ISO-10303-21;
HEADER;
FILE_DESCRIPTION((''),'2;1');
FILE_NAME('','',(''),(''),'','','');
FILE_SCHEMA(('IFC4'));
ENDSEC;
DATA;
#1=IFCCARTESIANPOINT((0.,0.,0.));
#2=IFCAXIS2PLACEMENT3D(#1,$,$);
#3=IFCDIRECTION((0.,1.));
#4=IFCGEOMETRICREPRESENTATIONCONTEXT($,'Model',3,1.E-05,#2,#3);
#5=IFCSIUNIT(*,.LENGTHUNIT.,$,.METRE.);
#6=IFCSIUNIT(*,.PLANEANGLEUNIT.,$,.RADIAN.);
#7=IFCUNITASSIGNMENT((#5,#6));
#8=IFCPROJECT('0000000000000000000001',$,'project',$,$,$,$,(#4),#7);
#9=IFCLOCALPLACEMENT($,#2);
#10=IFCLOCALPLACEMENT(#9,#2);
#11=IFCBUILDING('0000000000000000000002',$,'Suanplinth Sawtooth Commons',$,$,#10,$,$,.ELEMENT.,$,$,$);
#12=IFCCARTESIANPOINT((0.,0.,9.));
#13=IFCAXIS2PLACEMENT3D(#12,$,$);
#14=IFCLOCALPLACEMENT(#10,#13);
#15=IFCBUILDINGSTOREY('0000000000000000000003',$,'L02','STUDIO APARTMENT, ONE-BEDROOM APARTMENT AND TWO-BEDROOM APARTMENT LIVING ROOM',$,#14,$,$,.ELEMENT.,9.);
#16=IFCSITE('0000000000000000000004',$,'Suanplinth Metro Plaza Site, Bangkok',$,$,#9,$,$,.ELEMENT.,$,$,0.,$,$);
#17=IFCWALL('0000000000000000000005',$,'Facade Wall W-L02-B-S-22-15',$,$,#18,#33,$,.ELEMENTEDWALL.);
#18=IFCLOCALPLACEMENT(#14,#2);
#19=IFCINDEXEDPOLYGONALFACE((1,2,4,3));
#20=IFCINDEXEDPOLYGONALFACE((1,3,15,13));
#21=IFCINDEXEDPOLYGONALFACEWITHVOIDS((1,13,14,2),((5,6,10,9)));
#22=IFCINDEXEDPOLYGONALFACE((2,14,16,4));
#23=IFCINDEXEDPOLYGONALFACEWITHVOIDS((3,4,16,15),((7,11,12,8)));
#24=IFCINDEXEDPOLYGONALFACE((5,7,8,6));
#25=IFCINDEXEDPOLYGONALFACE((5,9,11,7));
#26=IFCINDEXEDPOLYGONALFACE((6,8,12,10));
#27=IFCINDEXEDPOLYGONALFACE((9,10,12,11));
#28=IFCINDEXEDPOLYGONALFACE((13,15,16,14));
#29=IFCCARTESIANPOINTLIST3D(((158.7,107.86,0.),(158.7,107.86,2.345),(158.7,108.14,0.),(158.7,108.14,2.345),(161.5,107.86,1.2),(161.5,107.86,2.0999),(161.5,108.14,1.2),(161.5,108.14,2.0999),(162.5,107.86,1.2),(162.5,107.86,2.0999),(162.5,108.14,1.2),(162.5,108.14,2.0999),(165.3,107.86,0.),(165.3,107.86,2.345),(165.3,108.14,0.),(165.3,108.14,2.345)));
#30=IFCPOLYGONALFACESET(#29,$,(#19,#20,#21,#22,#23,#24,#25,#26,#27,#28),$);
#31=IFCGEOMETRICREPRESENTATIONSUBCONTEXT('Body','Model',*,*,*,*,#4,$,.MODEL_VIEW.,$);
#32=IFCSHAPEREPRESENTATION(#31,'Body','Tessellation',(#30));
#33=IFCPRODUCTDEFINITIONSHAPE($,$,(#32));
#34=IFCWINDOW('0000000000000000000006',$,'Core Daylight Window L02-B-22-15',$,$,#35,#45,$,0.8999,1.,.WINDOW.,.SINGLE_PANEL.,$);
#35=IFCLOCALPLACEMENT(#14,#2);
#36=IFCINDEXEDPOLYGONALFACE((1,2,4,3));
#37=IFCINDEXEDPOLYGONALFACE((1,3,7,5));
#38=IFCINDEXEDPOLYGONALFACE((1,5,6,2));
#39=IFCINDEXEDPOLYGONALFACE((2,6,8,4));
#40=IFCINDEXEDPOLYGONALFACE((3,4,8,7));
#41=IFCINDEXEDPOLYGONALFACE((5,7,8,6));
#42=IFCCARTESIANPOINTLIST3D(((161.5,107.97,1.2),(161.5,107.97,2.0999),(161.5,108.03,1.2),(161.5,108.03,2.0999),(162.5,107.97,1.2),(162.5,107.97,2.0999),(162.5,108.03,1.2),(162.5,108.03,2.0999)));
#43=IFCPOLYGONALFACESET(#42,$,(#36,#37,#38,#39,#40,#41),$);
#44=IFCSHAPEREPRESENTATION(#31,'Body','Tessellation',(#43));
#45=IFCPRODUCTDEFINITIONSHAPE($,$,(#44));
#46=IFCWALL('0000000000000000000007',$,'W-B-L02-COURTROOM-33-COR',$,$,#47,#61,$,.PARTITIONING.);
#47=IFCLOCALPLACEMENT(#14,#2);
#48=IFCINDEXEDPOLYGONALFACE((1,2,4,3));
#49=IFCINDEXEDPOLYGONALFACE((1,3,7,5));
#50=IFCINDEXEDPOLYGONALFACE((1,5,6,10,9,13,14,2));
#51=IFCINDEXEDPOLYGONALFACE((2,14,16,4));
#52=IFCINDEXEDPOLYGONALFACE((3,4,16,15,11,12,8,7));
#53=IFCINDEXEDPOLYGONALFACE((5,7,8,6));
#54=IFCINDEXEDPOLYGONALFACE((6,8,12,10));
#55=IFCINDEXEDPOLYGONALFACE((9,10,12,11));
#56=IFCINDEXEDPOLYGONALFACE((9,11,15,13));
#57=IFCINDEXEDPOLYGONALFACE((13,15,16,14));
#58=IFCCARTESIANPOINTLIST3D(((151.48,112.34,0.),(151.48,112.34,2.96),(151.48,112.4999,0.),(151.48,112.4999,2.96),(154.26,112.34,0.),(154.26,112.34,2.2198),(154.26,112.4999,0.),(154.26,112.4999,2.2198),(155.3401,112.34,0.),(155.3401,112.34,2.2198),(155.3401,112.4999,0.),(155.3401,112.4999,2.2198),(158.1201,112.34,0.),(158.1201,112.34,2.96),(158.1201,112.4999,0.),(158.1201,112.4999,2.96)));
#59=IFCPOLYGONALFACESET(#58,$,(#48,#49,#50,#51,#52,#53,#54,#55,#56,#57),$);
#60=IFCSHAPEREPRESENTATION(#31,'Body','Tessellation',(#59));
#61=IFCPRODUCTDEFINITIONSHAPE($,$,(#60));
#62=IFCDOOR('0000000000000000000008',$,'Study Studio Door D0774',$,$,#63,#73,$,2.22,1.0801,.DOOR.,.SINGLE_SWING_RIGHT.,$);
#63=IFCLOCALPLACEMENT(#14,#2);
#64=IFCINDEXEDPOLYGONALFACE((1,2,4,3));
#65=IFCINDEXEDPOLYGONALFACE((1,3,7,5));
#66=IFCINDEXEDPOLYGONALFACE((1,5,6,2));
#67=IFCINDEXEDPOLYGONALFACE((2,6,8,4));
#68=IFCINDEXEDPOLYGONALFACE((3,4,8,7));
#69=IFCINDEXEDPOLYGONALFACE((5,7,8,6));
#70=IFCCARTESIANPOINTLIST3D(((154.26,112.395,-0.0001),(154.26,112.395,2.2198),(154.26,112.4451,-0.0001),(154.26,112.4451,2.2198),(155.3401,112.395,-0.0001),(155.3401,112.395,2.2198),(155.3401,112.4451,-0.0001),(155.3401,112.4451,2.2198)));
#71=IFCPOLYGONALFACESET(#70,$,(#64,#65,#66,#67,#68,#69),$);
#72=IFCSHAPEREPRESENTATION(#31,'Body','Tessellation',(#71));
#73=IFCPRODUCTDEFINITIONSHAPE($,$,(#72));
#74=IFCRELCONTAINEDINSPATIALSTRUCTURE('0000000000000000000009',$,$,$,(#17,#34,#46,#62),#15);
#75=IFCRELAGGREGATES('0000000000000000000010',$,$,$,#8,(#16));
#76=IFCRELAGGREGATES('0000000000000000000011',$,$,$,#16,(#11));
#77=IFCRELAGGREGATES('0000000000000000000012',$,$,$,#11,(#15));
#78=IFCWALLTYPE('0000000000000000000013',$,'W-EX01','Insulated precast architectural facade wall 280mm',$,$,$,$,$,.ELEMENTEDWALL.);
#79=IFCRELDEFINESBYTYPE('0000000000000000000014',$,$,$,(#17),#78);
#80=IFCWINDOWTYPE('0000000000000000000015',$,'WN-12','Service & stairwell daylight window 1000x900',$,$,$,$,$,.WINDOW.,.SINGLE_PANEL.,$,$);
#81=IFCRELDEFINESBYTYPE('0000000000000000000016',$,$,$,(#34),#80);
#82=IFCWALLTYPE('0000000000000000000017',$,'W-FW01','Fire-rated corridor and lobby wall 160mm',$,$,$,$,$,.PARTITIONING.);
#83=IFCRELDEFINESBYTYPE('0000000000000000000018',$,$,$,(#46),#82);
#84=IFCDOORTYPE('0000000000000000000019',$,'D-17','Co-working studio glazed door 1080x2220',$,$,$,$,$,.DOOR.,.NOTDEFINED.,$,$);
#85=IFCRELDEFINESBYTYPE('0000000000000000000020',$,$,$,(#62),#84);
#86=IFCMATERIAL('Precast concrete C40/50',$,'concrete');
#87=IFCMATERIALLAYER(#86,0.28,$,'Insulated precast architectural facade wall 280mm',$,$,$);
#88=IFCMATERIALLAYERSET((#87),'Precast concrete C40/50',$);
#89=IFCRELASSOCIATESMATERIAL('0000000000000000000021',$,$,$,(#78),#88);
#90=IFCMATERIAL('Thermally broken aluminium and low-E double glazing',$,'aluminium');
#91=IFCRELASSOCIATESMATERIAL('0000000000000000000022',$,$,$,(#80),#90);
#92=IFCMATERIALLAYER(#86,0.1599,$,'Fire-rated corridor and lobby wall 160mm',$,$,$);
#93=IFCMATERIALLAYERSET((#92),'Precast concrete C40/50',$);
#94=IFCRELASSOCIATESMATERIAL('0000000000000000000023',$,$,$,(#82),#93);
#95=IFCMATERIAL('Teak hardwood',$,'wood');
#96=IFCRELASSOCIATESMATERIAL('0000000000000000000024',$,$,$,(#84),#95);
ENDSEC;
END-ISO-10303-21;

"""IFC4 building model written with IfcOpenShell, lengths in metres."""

from ifc_helpers import new_model, si_unit, direction, frame, frame_2d, origin, place, context, subcontext, project, spatial, rectangle, extrude, material, layer, layer_set, type_object, element, fill, save


model = new_model("IFC4")

# Units and contexts
model_context = context("Model", 3, precision=1e-05, world=origin(), true_north=direction((0.0, 1.0)))
body_context = subcontext(model_context, "Body", "Model", "MODEL_VIEW")
ifc_project = project(units=[si_unit("LENGTHUNIT", "METRE"), si_unit("PLANEANGLEUNIT", "RADIAN")], contexts=[model_context])

# Site, building, storey
site_placement = place(None, origin())
site = spatial("IfcSite", under=ifc_project, at=site_placement, Name="Suanplinth Metro Plaza Site, Bangkok", CompositionType="ELEMENT", RefElevation=0.0)
building_placement = place(site_placement, origin())
building = spatial("IfcBuilding", under=site, at=building_placement, Name="Suanplinth Sawtooth Commons", CompositionType="ELEMENT")
storey_placement = place(building_placement, frame((0.0, 0.0, 9.0)))
storey = spatial("IfcBuildingStorey", under=building, at=storey_placement, Name="L02", Description="STUDIO APARTMENT, ONE-BEDROOM APARTMENT AND TWO-BEDROOM APARTMENT LIVING ROOM", CompositionType="ELEMENT", Elevation=9.0)

# Shared definitions
ifc_material_1 = material(Name="Precast concrete C40/50", Category="concrete")

# Shared definitions
ifc_layer_1 = layer(ifc_material_1, 0.28, Name="Insulated precast architectural facade wall 280mm")
ifc_layer_set_1 = layer_set([ifc_layer_1], Name="Precast concrete C40/50")
wall_type_1 = type_object("IfcWallType", Name="W-EX01", Description="Insulated precast architectural facade wall 280mm", PredefinedType="ELEMENTEDWALL", material=ifc_layer_set_1)
ifc_material_2 = material(Name="Thermally broken aluminium and low-E double glazing", Category="aluminium")

# Wall, opening, window
wall_1_placement = place(storey_placement, frame((158.7, 108.0, 0.0), z_axis=(0.0, 0.0, 1.0), x_axis=(1.0, 0.0, 0.0)))
wall_1 = element("IfcWall", 1, at=wall_1_placement, inside=storey, type_object=wall_type_1, Name="Facade Wall W-L02-B-S-22-15", PredefinedType="ELEMENTEDWALL", context=body_context, shape_type="SweptSolid", body=[
    extrude(rectangle(XDim=6.6001, YDim=0.28, at=frame_2d((3.3, 0.0))), origin(), (0.0, 0.0, 1.0), 2.345),
])
opening_1_placement = place(wall_1_placement, frame((2.8, 0.0, 1.2)))
opening_1 = element("IfcOpeningElement", 2, at=opening_1_placement, cuts=wall_1, PredefinedType="OPENING", context=body_context, shape_type="SweptSolid", body=[
    extrude(rectangle(XDim=1.0, YDim=0.8999, at=frame_2d((0.5, 0.45))), frame((0.0, 0.1548, 0.0), z_axis=(0.0, -1.0, 0.0), x_axis=(1.0, 0.0, 0.0)), (0.0, 0.0, 1.0), 0.3098),
])
window_type_1 = type_object("IfcWindowType", Name="WN-12", Description="Service & stairwell daylight window 1000x900", PartitioningType="SINGLE_PANEL", PredefinedType="WINDOW", material=ifc_material_2)
window_1_placement = place(opening_1_placement, origin())
window_1 = element("IfcWindow", 3, at=window_1_placement, inside=storey, type_object=window_type_1, Name="Core Daylight Window L02-B-22-15", OverallHeight=0.8999, OverallWidth=1.0, PartitioningType="SINGLE_PANEL", PredefinedType="WINDOW", context=body_context, shape_type="SweptSolid", body=[
    extrude(rectangle(XDim=1.0, YDim=0.8999, at=frame_2d((0.5, 0.45))), frame((0.0, 0.03, 0.0), z_axis=(0.0, -1.0, 0.0), x_axis=(1.0, 0.0, 0.0)), (0.0, 0.0, 1.0), 0.0601),
])
fill(opening_1, window_1)

# Wall, opening, door
ifc_layer_2 = layer(ifc_material_1, 0.1599, Name="Fire-rated corridor and lobby wall 160mm")
ifc_layer_set_2 = layer_set([ifc_layer_2], Name="Precast concrete C40/50")
wall_type_2 = type_object("IfcWallType", Name="W-FW01", Description="Fire-rated corridor and lobby wall 160mm", PredefinedType="PARTITIONING", material=ifc_layer_set_2)
wall_2_placement = place(storey_placement, frame((151.48, 112.4199, 0.0), z_axis=(0.0, 0.0, 1.0), x_axis=(1.0, 0.0, 0.0)))
wall_2 = element("IfcWall", 4, at=wall_2_placement, inside=storey, type_object=wall_type_2, Name="W-B-L02-COURTROOM-33-COR", PredefinedType="PARTITIONING", context=body_context, shape_type="SweptSolid", body=[
    extrude(rectangle(XDim=6.6401, YDim=0.1599, at=frame_2d((3.3201, 0.0))), origin(), (0.0, 0.0, 1.0), 2.96),
])
opening_2_placement = place(wall_2_placement, frame((2.78, 0.0, 0.0)))
opening_2 = element("IfcOpeningElement", 5, at=opening_2_placement, cuts=wall_2, PredefinedType="OPENING", context=body_context, shape_type="SweptSolid", body=[
    extrude(rectangle(XDim=1.0801, YDim=2.22, at=frame_2d((0.54, 1.1099))), frame((0.0, 0.0947, 0.0), z_axis=(0.0, -1.0, 0.0), x_axis=(1.0, 0.0, 0.0)), (0.0, 0.0, 1.0), 0.1897),
])
ifc_material_3 = material(Name="Teak hardwood", Category="wood")
door_type_1 = type_object("IfcDoorType", Name="D-17", Description="Co-working studio glazed door 1080x2220", OperationType="NOTDEFINED", PredefinedType="DOOR", material=ifc_material_3)
door_1_placement = place(opening_2_placement, frame((1.0801, 0.0, 0.0), z_axis=(0.0, 0.0, 1.0), x_axis=(-1.0, 0.0, 0.0)))
door_1 = element("IfcDoor", 6, at=door_1_placement, inside=storey, type_object=door_type_1, Name="Study Studio Door D0774", OperationType="SINGLE_SWING_RIGHT", OverallHeight=2.22, OverallWidth=1.0801, PredefinedType="DOOR", context=body_context, shape_type="SweptSolid", body=[
    extrude(rectangle(XDim=1.0801, YDim=2.22, at=frame_2d((0.54, 1.1099))), frame((0.0, 0.0249, 0.0), z_axis=(0.0, -1.0, 0.0), x_axis=(1.0, 0.0, 0.0)), (0.0, 0.0, 1.0), 0.05),
])
fill(opening_2, door_1)

save(model, "model.ifc")
